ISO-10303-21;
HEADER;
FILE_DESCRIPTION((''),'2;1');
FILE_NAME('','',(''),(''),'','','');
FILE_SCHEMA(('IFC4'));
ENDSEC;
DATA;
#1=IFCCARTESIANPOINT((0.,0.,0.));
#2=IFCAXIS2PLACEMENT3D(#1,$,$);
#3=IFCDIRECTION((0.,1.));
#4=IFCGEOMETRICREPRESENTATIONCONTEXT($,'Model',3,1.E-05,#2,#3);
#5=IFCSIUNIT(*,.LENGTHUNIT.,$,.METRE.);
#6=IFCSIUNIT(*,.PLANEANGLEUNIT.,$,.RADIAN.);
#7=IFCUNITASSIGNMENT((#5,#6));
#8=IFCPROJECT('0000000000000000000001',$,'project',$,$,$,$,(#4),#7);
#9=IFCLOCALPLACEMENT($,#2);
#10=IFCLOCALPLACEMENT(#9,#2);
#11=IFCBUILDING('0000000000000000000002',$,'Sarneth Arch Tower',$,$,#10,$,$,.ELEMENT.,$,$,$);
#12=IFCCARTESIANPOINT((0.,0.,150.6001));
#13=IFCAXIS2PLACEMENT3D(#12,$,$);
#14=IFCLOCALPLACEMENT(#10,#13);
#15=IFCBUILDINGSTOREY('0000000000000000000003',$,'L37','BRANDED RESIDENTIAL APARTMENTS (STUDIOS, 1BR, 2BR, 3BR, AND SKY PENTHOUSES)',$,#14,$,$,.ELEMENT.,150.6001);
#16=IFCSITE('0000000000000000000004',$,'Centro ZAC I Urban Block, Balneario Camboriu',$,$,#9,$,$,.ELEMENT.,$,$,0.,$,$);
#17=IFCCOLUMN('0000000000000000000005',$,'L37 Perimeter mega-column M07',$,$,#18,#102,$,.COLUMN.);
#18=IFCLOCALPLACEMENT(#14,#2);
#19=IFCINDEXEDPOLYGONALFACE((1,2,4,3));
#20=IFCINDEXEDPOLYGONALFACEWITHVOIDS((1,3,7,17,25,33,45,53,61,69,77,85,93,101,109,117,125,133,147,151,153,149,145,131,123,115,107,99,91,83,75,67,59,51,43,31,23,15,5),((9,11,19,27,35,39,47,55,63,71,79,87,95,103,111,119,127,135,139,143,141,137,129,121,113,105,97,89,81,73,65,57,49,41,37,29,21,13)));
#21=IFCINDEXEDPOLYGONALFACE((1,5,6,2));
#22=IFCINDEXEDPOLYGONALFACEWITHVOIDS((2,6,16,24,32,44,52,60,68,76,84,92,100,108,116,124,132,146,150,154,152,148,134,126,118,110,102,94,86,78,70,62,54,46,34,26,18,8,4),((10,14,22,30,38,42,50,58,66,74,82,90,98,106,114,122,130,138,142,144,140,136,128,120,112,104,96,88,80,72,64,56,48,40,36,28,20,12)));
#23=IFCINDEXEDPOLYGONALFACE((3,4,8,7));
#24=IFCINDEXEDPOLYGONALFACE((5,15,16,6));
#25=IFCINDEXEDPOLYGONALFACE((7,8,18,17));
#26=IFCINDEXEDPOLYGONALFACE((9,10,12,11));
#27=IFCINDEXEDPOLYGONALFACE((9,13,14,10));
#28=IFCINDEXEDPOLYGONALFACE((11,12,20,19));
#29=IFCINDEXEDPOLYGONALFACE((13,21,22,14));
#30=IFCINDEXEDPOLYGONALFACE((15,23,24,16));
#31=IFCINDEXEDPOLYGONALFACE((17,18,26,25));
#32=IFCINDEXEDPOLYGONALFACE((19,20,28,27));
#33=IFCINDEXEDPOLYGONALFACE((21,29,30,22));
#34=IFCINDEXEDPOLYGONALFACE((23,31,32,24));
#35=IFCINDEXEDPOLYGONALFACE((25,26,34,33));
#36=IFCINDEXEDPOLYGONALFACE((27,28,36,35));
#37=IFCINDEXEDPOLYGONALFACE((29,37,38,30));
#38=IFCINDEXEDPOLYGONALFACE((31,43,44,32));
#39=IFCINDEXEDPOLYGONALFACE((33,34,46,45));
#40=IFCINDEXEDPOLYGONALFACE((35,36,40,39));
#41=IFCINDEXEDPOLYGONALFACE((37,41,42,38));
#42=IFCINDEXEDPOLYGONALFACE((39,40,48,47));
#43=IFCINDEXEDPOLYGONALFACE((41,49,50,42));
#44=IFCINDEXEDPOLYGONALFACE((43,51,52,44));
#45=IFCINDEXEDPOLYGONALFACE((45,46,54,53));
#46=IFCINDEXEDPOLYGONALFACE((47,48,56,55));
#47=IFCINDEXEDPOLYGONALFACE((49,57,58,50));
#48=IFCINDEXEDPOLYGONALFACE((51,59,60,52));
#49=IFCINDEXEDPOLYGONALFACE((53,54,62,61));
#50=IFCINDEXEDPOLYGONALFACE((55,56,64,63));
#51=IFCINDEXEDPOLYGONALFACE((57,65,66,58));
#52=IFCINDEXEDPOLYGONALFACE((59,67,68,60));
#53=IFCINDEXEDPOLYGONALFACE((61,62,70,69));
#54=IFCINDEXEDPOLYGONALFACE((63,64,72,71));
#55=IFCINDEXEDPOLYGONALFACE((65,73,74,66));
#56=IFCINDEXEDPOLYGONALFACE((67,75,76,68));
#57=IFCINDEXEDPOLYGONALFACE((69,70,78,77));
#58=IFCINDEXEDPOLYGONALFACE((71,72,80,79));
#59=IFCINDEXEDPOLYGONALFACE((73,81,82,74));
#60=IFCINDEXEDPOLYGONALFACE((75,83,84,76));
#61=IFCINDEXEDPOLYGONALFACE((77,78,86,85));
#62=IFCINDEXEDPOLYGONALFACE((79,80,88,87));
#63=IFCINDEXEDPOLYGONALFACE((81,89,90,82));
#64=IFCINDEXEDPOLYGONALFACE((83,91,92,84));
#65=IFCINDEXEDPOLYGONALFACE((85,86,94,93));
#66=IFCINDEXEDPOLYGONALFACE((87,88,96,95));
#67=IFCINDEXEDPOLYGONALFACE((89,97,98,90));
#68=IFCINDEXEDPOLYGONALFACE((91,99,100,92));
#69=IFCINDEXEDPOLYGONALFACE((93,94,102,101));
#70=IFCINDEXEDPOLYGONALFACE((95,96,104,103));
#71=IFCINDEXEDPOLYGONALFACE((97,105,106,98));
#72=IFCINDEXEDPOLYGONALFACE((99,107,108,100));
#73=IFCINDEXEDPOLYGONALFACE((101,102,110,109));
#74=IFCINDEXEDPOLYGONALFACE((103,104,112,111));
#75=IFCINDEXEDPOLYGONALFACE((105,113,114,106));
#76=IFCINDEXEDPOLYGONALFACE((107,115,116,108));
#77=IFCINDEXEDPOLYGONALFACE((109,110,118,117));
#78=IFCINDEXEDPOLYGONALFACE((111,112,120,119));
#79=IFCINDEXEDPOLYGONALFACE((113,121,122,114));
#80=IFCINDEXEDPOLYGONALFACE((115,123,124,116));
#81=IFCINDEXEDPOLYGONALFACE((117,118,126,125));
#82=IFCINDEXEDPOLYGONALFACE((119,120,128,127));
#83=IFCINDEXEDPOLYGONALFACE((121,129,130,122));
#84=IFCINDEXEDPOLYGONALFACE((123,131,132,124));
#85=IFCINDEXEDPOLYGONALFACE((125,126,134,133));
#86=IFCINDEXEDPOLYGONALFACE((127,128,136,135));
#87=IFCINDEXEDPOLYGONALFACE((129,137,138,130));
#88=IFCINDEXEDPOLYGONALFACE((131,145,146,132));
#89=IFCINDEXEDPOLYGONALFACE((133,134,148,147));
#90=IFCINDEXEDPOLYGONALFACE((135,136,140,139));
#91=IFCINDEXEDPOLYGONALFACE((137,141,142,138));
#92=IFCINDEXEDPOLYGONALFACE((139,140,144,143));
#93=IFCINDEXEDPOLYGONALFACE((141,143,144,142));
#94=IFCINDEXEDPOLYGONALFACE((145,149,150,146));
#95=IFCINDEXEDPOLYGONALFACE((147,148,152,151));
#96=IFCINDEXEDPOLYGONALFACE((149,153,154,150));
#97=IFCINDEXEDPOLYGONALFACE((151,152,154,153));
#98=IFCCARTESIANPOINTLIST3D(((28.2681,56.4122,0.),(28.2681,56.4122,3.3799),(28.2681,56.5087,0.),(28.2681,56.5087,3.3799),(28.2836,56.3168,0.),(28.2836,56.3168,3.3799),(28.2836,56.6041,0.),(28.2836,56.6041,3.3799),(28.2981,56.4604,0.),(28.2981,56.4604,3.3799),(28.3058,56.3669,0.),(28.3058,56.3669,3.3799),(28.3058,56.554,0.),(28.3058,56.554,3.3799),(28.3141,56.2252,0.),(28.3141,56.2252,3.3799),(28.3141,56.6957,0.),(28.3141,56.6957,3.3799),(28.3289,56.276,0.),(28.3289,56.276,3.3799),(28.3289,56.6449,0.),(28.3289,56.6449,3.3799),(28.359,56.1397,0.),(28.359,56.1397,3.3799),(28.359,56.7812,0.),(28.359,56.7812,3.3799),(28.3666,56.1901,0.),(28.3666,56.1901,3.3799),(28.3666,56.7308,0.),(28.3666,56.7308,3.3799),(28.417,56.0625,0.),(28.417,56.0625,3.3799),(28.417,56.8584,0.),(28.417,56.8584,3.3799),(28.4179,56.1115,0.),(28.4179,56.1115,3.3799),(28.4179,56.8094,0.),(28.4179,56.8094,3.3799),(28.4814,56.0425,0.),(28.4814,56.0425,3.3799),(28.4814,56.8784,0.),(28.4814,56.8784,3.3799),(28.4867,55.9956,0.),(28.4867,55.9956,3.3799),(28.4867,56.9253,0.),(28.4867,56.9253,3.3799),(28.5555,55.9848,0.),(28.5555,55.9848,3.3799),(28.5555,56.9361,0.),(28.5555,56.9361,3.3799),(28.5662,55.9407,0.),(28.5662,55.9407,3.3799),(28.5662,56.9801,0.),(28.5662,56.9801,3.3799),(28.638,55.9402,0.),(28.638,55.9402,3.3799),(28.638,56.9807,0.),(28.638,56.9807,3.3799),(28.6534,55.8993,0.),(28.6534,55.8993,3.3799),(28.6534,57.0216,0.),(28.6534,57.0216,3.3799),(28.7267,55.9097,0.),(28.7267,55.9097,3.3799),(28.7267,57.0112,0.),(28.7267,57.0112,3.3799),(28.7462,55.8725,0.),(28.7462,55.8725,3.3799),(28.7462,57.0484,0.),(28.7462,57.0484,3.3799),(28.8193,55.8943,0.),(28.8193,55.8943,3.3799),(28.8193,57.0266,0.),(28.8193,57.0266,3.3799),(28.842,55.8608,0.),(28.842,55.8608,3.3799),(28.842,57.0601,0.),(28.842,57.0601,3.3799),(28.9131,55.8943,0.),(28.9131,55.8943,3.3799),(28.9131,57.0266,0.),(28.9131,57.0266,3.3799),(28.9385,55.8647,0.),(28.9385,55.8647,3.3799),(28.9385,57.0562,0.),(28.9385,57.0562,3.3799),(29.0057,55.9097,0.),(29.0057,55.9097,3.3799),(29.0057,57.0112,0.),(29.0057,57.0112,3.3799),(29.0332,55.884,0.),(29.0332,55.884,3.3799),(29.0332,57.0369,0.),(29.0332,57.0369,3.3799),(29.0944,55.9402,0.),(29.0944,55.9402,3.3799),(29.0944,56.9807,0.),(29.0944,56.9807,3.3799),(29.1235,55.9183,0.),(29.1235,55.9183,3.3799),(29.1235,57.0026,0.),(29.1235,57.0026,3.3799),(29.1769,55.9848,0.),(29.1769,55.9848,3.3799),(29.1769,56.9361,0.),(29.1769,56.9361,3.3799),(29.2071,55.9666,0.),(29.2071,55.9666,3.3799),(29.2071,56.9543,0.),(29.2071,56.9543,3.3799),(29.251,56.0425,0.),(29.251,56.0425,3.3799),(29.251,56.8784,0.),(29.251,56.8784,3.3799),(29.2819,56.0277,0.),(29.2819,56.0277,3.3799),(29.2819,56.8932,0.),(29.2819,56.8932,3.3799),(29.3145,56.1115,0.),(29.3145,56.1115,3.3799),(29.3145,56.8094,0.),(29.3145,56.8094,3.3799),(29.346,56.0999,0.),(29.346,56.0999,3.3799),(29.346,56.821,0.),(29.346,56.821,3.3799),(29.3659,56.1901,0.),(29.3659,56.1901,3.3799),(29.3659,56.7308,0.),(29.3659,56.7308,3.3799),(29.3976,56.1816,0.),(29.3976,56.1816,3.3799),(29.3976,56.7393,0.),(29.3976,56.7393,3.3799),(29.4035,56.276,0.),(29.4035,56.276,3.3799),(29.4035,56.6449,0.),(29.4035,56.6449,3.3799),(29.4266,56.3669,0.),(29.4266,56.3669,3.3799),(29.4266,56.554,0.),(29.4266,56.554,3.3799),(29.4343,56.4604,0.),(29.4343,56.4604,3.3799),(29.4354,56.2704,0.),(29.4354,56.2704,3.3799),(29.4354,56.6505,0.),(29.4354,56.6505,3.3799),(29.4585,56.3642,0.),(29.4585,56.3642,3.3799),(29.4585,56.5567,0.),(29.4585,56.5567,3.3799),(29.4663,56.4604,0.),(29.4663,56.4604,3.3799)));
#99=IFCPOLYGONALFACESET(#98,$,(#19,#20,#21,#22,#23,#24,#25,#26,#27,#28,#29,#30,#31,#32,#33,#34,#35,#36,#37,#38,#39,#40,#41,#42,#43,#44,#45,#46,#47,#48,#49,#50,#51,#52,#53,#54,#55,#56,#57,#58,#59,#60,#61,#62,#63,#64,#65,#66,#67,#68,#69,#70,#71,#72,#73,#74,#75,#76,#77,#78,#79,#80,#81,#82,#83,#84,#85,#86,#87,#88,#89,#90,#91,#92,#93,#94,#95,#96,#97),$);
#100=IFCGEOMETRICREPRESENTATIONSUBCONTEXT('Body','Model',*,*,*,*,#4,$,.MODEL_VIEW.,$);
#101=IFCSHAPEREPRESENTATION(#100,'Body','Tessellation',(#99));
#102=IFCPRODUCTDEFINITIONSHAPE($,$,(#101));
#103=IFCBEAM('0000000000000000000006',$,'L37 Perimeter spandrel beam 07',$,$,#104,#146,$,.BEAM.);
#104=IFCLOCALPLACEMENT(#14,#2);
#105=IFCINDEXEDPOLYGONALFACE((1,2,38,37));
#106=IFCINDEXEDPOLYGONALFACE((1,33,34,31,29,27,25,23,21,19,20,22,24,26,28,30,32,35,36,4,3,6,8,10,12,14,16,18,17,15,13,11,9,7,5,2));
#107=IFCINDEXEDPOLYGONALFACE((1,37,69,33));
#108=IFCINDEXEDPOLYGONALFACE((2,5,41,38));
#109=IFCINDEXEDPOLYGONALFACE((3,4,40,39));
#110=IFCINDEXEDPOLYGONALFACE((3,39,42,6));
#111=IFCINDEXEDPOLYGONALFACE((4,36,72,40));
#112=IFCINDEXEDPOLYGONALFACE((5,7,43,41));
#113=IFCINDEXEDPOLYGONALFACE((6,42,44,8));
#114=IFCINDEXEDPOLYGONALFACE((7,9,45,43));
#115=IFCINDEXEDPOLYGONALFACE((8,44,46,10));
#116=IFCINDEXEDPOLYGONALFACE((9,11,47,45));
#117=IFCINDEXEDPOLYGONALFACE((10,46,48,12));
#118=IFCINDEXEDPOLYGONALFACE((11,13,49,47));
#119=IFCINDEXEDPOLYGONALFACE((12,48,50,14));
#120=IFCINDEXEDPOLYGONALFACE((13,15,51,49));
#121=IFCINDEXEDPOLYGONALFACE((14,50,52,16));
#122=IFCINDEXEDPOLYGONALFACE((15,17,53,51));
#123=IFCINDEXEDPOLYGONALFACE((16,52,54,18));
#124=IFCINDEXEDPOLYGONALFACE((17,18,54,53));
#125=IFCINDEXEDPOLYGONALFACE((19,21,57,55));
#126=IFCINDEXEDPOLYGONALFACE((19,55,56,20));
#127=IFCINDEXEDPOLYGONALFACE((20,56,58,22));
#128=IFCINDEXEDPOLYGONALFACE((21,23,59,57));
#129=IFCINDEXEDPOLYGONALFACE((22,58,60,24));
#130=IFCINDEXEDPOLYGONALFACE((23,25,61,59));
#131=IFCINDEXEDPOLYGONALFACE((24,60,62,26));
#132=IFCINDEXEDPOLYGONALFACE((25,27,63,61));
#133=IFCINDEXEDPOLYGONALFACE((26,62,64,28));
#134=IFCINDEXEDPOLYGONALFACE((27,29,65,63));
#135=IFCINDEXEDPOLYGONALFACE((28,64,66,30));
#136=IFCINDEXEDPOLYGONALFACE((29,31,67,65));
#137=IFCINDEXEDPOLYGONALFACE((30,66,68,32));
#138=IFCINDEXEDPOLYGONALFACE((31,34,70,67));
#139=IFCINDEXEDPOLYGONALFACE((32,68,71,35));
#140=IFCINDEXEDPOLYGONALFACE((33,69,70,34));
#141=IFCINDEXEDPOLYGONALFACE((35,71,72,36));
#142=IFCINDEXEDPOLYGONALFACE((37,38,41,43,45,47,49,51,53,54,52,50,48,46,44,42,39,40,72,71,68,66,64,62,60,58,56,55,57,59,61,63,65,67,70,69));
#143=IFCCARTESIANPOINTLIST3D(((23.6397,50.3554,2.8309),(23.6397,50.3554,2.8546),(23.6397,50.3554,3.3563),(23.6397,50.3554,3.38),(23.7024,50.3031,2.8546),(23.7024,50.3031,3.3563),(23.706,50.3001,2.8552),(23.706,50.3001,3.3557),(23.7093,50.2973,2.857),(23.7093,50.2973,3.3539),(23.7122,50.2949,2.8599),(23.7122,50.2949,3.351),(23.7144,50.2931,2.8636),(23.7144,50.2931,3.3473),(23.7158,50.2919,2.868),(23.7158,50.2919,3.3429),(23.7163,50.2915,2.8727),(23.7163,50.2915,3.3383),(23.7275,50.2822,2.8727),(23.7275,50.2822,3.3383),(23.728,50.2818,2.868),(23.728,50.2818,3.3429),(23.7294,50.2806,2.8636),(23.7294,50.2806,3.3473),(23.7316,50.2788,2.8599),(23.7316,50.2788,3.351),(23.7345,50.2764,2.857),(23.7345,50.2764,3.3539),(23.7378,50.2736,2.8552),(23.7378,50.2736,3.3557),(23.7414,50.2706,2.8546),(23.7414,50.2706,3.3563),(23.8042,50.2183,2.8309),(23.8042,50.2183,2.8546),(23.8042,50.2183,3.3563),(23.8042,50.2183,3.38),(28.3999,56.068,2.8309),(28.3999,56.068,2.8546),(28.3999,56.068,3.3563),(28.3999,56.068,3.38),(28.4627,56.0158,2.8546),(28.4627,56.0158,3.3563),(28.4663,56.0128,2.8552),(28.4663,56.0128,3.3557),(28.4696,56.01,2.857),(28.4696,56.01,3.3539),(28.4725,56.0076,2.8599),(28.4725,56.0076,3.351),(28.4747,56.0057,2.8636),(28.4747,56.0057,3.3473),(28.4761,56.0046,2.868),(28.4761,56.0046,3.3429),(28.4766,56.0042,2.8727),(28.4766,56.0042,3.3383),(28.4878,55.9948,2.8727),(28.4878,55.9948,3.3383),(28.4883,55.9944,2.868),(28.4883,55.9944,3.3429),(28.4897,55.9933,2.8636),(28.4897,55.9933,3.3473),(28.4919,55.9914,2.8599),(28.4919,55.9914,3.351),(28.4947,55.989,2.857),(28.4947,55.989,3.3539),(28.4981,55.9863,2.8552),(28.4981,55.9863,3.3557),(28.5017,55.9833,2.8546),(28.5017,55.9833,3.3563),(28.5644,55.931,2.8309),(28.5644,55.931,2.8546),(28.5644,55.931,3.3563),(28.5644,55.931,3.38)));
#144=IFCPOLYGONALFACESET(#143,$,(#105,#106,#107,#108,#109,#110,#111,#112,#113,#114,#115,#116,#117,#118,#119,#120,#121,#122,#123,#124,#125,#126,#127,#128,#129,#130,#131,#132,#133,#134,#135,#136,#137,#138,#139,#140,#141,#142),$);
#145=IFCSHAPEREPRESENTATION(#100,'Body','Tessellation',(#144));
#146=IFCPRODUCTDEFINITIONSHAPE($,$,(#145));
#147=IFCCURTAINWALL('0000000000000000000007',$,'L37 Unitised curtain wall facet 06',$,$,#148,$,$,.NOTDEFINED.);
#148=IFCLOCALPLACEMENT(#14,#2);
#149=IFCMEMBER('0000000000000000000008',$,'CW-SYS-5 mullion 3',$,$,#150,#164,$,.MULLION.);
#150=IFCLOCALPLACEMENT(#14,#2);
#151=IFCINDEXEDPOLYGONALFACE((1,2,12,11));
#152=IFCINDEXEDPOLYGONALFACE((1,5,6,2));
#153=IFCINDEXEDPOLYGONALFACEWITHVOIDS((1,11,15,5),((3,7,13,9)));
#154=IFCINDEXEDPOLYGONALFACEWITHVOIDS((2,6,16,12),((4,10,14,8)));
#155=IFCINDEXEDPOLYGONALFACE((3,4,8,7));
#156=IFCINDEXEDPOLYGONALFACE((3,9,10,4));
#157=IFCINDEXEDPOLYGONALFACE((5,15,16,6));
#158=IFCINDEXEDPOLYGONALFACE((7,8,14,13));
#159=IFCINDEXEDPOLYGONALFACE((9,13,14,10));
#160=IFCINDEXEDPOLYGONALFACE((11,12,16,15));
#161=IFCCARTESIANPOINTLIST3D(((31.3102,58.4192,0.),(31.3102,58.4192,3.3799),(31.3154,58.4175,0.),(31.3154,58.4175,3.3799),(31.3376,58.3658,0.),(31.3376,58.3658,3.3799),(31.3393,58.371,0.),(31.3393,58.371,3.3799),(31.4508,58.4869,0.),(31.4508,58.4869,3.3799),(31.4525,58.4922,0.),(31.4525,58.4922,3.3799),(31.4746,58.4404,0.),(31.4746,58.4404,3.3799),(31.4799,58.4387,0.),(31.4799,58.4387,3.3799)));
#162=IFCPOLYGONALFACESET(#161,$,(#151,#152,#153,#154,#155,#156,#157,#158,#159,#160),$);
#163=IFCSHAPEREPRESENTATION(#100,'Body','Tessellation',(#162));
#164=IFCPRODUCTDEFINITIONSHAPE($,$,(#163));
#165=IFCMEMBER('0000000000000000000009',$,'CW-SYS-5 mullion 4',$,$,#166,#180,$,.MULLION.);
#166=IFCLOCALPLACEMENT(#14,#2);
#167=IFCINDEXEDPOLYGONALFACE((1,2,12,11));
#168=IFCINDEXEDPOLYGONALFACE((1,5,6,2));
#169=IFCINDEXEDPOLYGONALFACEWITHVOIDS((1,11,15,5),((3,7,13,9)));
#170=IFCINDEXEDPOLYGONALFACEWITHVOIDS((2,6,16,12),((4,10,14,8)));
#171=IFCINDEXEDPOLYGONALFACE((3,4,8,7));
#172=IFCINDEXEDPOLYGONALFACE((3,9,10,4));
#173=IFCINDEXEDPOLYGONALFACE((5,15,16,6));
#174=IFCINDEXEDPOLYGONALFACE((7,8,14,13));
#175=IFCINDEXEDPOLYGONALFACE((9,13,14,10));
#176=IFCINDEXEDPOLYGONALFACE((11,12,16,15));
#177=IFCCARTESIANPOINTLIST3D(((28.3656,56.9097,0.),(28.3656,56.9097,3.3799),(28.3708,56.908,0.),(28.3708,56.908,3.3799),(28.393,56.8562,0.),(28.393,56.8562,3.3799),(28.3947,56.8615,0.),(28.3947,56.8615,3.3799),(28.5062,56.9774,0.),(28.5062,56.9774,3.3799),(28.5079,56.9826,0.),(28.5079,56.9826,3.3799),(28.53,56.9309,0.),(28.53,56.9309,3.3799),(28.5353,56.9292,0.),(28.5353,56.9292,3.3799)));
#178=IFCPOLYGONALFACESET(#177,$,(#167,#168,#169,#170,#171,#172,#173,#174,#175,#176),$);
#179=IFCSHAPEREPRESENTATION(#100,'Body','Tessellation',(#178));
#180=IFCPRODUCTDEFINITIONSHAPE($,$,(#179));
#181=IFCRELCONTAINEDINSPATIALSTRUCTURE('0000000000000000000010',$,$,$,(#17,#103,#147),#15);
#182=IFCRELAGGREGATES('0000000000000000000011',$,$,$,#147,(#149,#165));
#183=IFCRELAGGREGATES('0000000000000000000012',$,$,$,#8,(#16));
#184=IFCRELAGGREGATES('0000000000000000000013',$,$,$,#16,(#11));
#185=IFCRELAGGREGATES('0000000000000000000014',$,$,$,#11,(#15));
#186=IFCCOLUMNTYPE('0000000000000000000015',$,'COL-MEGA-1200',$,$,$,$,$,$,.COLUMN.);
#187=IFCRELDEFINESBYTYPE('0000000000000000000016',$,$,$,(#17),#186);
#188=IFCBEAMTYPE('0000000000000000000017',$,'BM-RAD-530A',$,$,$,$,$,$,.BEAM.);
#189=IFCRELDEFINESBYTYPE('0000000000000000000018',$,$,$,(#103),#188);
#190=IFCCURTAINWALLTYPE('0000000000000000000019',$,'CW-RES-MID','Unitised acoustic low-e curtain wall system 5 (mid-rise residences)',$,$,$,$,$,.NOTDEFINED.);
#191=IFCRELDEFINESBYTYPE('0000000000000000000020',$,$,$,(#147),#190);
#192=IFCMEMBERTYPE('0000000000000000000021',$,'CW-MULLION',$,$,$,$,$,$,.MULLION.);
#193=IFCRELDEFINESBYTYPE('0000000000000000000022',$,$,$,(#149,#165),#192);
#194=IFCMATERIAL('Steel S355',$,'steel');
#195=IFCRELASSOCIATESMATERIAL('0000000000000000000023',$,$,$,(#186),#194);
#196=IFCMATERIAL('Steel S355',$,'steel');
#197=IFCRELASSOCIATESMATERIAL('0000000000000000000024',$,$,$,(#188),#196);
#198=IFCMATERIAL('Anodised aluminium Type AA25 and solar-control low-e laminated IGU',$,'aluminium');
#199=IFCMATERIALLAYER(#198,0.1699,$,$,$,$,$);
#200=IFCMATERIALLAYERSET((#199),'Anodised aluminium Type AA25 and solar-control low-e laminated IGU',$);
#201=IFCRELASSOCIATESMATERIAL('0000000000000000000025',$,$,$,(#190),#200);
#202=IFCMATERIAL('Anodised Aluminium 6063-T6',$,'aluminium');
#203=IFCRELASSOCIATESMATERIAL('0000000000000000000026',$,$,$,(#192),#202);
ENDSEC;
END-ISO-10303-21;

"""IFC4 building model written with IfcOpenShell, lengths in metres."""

from ifc_helpers import new_model, si_unit, direction, frame, origin, origin_2d, place, context, subcontext, project, spatial, hollow_rectangle, hollow_circle, i_section, extrude, material, layer, layer_set, material_profile, profile_set, type_object, element, aggregate, save


model = new_model("IFC4")

# Units and contexts
model_context = context("Model", 3, precision=1e-05, world=origin(), true_north=direction((0.0, 1.0)))
body_context = subcontext(model_context, "Body", "Model", "MODEL_VIEW")
ifc_project = project(units=[si_unit("LENGTHUNIT", "METRE"), si_unit("PLANEANGLEUNIT", "RADIAN")], contexts=[model_context])

# Site, building, storey
site_placement = place(None, origin())
site = spatial("IfcSite", under=ifc_project, at=site_placement, Name="Centro ZAC I Urban Block, Balneario Camboriu", CompositionType="ELEMENT", RefElevation=0.0)
building_placement = place(site_placement, origin())
building = spatial("IfcBuilding", under=site, at=building_placement, Name="Sarneth Arch Tower", CompositionType="ELEMENT")
storey_placement = place(building_placement, frame((0.0, 0.0, 150.6001)))
storey = spatial("IfcBuildingStorey", under=building, at=storey_placement, Name="L37", Description="BRANDED RESIDENTIAL APARTMENTS (STUDIOS, 1BR, 2BR, 3BR, AND SKY PENTHOUSES)", CompositionType="ELEMENT", Elevation=150.6001)

# Column
ifc_material_1 = material(Name="Steel S355", Category="steel")
ifc_material_profile_1 = material_profile(ifc_material_1, hollow_circle(Radius=0.6001, WallThickness=0.032, at=origin_2d()), Name="CHS1200x32")
ifc_profile_set_1 = profile_set([ifc_material_profile_1], Name="Steel S355")
column_type = type_object("IfcColumnType", Name="COL-MEGA-1200", PredefinedType="COLUMN", material=ifc_profile_set_1)
column_placement = place(storey_placement, frame((28.8662, 56.4604, 0.0), z_axis=(0.0, 0.0, 1.0), x_axis=(1.0, 0.0, 0.0)))
element("IfcColumn", 1, at=column_placement, inside=storey, type_object=column_type, Name="L37 Perimeter mega-column M07", PredefinedType="COLUMN", context=body_context, shape_type="SweptSolid", body=[
    extrude(hollow_circle(Radius=0.6001, WallThickness=0.032, at=origin_2d()), origin(), (0.0, 0.0, 1.0), 3.3799),
])

# Beam
ifc_material_2 = material(Name="Steel S355", Category="steel")
ifc_material_profile_2 = material_profile(ifc_material_2, i_section(OverallWidth=0.2141, OverallDepth=0.5491, WebThickness=0.0146, FlangeThickness=0.0237, FilletRadius=0.0181, at=origin_2d()), Name="W530x138")
ifc_profile_set_2 = profile_set([ifc_material_profile_2], Name="Steel S355")
beam_type = type_object("IfcBeamType", Name="BM-RAD-530A", PredefinedType="BEAM", material=ifc_profile_set_2)
beam_placement = place(storey_placement, frame((28.4822, 55.9995, 3.1055), z_axis=(-0.640162, -0.76824, 0.0), x_axis=(0.76824, -0.640162, 0.0)))
element("IfcBeam", 2, at=beam_placement, inside=storey, type_object=beam_type, Name="L37 Perimeter spandrel beam 07", PredefinedType="BEAM", context=body_context, shape_type="SweptSolid", body=[
    extrude(i_section(OverallWidth=0.2141, OverallDepth=0.5491, WebThickness=0.0146, FlangeThickness=0.0237, FilletRadius=0.0181, at=origin_2d()), origin(), (0.0, 0.0, 1.0), 7.436),
])

# Curtain wall, members
ifc_material_3 = material(Name="Anodised aluminium Type AA25 and solar-control low-e laminated IGU", Category="aluminium")
ifc_layer_1 = layer(ifc_material_3, 0.1699)
ifc_layer_set_1 = layer_set([ifc_layer_1], Name="Anodised aluminium Type AA25 and solar-control low-e laminated IGU")
curtain_wall_type = type_object("IfcCurtainWallType", Name="CW-RES-MID", Description="Unitised acoustic low-e curtain wall system 5 (mid-rise residences)", PredefinedType="NOTDEFINED", material=ifc_layer_set_1)
curtain_wall_placement = place(storey_placement, origin())
curtain_wall = element("IfcCurtainWall", 3, at=curtain_wall_placement, inside=storey, type_object=curtain_wall_type, Name="L37 Unitised curtain wall facet 06", PredefinedType="NOTDEFINED")
ifc_material_4 = material(Name="Anodised Aluminium 6063-T6", Category="aluminium")
ifc_material_profile_3 = material_profile(ifc_material_4, hollow_rectangle(XDim=0.0601, YDim=0.1599, WallThickness=0.0039, at=origin_2d()), Name="AL-MULL-160x60x4")
ifc_profile_set_3 = profile_set([ifc_material_profile_3], Name="Anodised Aluminium 6063-T6")
member_type_1 = type_object("IfcMemberType", Name="CW-MULLION", PredefinedType="MULLION", material=ifc_profile_set_3)
member_1_placement = place(storey_placement, frame((31.395, 58.429, 0.0), z_axis=(0.0, 0.0, 1.0), x_axis=(0.456208, -0.889873, 0.0)))
member_1 = element("IfcMember", 4, at=member_1_placement, type_object=member_type_1, Name="CW-SYS-5 mullion 3", PredefinedType="MULLION", context=body_context, shape_type="SweptSolid", body=[
    extrude(hollow_rectangle(XDim=0.0601, YDim=0.1599, WallThickness=0.0039, at=origin_2d()), origin(), (0.0, 0.0, 1.0), 3.3799),
])
member_2_placement = place(storey_placement, frame((28.4504, 56.9194, 0.0), z_axis=(0.0, 0.0, 1.0), x_axis=(0.456208, -0.889873, 0.0)))
member_2 = element("IfcMember", 5, at=member_2_placement, type_object=member_type_1, Name="CW-SYS-5 mullion 4", PredefinedType="MULLION", context=body_context, shape_type="SweptSolid", body=[
    extrude(hollow_rectangle(XDim=0.0601, YDim=0.1599, WallThickness=0.0039, at=origin_2d()), origin(), (0.0, 0.0, 1.0), 3.3799),
])

aggregate(curtain_wall, [member_1, member_2])

save(model, "model.ifc")
